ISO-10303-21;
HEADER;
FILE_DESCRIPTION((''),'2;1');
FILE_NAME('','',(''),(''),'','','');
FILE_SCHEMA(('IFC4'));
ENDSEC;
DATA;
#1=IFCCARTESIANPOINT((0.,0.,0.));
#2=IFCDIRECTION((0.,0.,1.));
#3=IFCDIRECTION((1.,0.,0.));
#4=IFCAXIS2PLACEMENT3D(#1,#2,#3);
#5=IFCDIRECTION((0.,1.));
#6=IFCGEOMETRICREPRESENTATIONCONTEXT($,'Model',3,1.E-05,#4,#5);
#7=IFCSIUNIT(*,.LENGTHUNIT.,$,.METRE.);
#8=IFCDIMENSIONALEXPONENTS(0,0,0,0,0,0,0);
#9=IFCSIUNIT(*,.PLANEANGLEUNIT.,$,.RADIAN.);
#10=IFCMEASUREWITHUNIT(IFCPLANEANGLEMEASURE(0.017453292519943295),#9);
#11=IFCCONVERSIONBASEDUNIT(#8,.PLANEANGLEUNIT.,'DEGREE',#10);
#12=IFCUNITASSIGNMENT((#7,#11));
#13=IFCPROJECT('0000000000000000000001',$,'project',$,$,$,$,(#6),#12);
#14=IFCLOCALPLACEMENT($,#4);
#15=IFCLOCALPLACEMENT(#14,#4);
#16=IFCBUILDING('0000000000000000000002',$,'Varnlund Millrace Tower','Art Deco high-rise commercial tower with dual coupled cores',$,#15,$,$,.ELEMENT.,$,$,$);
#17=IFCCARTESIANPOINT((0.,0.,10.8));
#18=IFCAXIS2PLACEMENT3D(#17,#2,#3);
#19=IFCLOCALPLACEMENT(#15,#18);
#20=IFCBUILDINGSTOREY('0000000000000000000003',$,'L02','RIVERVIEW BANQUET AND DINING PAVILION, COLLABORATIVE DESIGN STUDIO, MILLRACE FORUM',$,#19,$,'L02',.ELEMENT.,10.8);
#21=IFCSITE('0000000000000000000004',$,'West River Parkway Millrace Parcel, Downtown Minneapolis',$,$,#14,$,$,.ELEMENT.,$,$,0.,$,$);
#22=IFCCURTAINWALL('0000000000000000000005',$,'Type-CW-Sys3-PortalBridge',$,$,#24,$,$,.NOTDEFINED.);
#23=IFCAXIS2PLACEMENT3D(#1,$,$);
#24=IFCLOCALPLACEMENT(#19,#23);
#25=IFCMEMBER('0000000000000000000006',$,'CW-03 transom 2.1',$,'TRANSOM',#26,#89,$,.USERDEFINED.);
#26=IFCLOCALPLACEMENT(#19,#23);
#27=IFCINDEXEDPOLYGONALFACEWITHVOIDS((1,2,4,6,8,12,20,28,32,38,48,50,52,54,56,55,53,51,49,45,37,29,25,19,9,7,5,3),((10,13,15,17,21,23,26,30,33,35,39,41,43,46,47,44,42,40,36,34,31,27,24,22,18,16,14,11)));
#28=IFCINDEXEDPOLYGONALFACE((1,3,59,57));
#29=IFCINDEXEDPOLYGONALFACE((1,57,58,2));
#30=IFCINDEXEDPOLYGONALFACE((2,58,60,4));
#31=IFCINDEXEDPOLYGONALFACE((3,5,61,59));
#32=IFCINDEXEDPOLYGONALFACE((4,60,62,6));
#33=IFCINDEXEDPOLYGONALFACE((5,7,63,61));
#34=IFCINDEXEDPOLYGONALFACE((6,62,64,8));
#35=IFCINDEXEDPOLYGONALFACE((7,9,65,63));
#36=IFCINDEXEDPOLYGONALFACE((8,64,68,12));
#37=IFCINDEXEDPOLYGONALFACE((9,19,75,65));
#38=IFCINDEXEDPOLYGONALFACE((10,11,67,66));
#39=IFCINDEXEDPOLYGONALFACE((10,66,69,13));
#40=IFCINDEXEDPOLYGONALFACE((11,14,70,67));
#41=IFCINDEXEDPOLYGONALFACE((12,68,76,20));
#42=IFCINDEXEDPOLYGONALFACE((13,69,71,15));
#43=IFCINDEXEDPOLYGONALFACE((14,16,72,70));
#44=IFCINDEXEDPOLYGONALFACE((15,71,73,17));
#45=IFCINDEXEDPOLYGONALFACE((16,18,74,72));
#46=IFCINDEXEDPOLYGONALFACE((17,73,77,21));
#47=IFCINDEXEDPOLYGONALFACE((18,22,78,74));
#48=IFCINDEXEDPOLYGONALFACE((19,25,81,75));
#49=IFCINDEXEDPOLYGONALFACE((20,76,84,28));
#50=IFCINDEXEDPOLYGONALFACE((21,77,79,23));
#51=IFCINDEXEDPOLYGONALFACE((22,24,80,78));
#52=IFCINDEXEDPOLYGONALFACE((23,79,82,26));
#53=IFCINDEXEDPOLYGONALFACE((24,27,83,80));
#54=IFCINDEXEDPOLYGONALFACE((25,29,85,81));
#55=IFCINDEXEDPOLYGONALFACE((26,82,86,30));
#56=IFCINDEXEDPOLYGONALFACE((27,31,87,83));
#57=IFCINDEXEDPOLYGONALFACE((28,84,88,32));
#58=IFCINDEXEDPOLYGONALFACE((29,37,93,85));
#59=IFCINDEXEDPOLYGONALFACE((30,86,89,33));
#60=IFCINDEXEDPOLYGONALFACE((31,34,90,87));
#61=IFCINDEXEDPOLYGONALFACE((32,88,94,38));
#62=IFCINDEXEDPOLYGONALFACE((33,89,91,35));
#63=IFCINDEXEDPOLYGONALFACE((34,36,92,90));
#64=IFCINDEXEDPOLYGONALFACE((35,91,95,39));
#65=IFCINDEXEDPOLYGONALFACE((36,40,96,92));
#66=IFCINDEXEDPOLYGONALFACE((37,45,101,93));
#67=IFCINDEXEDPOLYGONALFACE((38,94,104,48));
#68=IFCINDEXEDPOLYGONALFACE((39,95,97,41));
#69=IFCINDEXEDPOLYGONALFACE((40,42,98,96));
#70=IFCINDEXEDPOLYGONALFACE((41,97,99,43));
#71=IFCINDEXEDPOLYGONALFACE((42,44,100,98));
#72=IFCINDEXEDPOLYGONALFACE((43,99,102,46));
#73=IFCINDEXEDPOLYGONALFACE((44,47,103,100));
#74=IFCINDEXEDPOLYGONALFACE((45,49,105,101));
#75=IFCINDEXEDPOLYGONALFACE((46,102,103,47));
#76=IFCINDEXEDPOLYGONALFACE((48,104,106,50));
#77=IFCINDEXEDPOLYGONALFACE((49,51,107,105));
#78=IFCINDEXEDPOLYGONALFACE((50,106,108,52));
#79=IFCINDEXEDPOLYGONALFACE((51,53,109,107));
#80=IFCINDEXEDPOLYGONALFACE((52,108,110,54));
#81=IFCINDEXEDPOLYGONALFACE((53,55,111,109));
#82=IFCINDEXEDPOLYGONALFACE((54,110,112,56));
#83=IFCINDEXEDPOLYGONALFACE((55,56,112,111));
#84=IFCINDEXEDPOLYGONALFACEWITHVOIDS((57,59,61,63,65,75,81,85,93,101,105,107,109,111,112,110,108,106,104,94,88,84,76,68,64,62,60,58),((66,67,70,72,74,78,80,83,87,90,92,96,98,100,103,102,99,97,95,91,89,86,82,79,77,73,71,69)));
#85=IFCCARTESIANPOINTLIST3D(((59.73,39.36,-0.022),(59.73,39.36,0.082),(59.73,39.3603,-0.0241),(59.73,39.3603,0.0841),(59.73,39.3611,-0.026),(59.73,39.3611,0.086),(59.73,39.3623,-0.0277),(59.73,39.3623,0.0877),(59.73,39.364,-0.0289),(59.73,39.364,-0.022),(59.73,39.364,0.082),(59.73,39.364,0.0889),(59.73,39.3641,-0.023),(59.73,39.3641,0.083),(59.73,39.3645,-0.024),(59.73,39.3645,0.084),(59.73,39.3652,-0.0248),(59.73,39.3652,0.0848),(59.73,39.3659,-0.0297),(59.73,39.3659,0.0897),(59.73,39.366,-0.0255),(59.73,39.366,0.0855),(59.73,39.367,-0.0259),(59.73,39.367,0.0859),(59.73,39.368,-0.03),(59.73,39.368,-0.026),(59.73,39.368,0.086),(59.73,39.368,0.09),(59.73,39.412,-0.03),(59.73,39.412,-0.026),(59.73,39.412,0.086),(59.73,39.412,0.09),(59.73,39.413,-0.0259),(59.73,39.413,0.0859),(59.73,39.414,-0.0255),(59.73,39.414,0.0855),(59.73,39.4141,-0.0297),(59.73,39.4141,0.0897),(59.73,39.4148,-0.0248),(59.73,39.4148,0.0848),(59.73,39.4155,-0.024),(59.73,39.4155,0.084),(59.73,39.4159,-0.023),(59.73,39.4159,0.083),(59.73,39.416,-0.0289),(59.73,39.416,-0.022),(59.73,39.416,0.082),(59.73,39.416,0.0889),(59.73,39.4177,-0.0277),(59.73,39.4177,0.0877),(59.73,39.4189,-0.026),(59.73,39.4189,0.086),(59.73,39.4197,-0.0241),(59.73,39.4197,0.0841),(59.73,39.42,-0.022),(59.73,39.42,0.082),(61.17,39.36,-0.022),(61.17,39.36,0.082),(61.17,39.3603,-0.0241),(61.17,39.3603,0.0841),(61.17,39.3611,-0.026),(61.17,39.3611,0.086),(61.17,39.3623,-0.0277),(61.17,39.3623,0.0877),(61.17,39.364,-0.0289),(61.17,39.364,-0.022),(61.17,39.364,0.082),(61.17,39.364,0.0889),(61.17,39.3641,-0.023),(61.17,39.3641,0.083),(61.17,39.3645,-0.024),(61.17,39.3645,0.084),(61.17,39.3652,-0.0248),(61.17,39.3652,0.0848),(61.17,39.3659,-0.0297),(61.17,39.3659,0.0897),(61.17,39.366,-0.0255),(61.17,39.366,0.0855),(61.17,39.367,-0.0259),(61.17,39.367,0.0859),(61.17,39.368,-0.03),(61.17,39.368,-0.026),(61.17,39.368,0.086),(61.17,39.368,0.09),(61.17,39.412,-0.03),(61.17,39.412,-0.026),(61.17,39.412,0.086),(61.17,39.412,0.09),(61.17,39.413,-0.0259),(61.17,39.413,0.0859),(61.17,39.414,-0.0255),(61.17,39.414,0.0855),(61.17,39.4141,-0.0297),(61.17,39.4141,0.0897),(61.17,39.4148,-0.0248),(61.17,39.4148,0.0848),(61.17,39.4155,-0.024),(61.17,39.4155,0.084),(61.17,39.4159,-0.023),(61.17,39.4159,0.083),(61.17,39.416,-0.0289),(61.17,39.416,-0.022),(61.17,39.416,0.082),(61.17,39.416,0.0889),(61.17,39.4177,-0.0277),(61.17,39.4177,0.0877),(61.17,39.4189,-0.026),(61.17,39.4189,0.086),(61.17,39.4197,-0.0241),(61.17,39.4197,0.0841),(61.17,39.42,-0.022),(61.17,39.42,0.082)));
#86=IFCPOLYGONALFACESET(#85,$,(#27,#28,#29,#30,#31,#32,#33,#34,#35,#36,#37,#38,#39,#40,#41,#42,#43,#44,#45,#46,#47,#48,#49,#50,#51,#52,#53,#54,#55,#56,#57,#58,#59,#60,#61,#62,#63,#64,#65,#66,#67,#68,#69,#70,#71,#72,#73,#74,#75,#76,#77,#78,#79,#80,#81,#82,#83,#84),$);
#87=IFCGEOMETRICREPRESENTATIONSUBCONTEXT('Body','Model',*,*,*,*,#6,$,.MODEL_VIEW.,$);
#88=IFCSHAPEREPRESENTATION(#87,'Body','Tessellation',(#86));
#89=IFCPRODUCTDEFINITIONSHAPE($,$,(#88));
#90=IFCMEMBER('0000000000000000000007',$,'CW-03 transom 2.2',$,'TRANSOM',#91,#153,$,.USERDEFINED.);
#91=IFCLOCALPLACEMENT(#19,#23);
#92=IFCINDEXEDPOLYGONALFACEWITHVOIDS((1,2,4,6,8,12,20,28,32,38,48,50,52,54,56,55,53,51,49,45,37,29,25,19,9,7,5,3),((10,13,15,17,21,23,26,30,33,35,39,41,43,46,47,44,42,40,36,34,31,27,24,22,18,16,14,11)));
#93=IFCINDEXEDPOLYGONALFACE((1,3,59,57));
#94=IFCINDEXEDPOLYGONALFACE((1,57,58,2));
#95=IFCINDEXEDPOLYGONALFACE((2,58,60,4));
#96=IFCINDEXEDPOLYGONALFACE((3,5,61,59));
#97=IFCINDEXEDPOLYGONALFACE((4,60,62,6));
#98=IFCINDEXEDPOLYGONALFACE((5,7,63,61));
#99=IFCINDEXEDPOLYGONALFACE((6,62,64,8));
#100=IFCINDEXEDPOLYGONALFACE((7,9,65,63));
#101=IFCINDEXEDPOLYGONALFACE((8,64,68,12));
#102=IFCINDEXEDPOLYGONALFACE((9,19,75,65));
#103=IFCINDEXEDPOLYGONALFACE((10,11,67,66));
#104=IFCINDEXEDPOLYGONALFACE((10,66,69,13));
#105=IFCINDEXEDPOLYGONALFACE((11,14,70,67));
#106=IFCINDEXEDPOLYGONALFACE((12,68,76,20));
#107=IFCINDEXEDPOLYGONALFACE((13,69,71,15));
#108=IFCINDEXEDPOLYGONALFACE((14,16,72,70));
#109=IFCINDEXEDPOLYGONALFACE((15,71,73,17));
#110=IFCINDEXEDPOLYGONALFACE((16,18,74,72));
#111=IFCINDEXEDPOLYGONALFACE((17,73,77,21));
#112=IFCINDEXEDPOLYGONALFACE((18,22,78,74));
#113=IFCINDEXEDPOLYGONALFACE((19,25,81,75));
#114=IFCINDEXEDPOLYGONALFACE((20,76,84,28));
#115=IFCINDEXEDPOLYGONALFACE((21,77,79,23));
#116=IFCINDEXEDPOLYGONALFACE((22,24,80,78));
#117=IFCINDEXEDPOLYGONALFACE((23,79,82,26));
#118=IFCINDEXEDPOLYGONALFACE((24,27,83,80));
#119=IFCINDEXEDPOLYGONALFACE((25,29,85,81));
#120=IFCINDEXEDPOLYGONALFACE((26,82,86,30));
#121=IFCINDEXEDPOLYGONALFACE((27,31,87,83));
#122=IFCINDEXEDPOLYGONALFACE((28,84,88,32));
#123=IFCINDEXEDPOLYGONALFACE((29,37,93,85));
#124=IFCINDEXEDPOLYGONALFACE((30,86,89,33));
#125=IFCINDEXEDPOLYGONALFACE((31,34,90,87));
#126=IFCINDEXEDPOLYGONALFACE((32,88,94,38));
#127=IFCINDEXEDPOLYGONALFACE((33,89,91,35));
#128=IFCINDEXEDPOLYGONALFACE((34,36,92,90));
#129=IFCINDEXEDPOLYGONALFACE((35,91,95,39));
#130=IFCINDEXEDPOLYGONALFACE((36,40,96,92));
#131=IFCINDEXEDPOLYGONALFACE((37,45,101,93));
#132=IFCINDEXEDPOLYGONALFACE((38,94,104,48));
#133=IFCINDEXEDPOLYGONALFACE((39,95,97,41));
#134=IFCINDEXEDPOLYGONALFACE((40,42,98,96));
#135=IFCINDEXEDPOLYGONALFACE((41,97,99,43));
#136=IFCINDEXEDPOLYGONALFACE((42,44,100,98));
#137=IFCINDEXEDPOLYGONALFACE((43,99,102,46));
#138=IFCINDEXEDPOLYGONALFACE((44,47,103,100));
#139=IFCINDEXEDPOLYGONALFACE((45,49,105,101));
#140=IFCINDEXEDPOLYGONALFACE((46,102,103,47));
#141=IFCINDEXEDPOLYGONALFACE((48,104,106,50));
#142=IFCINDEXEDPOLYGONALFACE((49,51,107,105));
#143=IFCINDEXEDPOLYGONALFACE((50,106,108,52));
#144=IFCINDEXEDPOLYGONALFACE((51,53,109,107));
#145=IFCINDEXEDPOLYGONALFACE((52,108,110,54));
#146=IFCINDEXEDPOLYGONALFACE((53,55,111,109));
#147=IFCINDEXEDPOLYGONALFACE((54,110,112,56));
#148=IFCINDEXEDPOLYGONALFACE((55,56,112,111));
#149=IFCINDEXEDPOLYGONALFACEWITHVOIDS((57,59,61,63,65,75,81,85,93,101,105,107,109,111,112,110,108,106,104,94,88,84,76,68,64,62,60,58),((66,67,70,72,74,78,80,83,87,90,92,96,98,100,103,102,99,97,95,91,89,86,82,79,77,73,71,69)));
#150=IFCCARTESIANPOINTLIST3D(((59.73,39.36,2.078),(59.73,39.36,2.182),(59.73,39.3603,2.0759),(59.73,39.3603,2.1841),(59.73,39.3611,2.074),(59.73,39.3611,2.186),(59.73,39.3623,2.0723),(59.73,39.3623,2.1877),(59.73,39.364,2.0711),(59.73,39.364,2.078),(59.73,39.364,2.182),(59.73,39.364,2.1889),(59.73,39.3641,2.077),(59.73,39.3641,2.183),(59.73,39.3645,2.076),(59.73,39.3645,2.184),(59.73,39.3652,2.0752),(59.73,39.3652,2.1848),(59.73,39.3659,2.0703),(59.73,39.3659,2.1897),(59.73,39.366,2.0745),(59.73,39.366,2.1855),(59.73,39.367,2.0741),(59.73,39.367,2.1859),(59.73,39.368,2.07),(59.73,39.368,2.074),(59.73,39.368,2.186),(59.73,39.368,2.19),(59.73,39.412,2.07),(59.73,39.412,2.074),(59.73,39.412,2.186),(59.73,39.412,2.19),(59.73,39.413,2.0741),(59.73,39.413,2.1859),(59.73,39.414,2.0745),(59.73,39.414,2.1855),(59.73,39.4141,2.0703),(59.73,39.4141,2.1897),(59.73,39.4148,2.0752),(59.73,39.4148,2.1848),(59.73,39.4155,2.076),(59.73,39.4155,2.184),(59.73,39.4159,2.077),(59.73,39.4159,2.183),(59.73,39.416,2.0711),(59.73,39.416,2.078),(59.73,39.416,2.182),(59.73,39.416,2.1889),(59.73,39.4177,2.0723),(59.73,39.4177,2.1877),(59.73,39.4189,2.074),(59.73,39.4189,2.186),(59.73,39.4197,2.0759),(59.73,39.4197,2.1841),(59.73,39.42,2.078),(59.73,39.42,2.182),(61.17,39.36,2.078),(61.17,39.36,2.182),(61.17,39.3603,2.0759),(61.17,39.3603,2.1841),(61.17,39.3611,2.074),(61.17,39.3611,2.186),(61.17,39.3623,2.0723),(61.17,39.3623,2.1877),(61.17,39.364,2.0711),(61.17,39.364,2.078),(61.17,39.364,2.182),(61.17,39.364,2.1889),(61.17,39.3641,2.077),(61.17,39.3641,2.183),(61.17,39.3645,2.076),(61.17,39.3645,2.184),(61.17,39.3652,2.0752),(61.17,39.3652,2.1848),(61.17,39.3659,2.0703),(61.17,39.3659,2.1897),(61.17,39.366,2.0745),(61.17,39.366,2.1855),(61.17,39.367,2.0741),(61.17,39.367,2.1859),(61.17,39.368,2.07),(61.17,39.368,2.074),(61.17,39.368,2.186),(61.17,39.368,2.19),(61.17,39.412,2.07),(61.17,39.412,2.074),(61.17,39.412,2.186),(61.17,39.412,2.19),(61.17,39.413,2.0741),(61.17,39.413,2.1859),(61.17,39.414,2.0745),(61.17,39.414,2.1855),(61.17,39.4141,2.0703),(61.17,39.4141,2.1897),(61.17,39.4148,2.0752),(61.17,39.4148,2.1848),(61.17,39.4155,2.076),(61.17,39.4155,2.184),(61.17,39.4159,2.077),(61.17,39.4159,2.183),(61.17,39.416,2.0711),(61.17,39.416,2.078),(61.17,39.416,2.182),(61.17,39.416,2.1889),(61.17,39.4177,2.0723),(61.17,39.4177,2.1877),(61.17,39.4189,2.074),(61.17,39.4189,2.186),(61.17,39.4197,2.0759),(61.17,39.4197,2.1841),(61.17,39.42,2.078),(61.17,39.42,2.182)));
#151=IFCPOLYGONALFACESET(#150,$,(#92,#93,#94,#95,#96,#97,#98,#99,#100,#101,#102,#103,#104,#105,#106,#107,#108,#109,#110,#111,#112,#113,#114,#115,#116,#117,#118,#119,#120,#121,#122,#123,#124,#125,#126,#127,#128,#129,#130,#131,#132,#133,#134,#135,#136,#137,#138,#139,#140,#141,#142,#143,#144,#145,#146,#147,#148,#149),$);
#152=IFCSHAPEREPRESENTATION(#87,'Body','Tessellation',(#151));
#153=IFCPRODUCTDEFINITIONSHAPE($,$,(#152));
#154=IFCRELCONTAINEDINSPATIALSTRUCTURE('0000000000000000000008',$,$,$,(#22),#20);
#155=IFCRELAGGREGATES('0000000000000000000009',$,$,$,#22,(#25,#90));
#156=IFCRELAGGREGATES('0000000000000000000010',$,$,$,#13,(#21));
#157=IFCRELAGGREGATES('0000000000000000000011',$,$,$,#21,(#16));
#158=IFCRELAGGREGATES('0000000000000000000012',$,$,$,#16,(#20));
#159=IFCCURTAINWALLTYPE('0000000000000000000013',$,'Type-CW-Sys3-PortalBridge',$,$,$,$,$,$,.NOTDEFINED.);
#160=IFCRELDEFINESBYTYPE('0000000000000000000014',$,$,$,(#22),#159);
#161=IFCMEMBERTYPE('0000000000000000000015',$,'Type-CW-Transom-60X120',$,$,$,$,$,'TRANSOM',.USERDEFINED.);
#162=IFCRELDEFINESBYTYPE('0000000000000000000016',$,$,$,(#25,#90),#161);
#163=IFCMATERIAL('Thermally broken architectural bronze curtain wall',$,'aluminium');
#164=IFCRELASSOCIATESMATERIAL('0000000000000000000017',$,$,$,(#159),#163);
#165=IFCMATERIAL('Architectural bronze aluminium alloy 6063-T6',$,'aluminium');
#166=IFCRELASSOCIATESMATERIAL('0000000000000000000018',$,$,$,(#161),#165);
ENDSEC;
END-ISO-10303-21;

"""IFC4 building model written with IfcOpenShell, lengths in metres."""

from ifc_helpers import new_model, entity, si_unit, converted_unit, direction, frame, origin_with_axes, origin_2d_with_axis, place, context, subcontext, project, spatial, hollow_rectangle, extrude, material, material_profile, profile_set, type_object, element, aggregate, save


model = new_model("IFC4")

# Units and contexts
model_context = context("Model", 3, precision=1e-05, world=origin_with_axes(), true_north=direction((0.0, 1.0)))
body_context = subcontext(model_context, "Body", "Model", "MODEL_VIEW")
ifc_project = project(units=[si_unit("LENGTHUNIT", "METRE"), converted_unit("PLANEANGLEUNIT", "DEGREE", entity("IfcPlaneAngleMeasure", 0.017453292519943295), si_unit("PLANEANGLEUNIT", "RADIAN"), dimensions=[0, 0, 0, 0, 0, 0, 0])], contexts=[model_context])

# Site, building, storey
site_placement = place(None, origin_with_axes())
site = spatial("IfcSite", under=ifc_project, at=site_placement, Name="West River Parkway Millrace Parcel, Downtown Minneapolis", CompositionType="ELEMENT", RefElevation=0.0)
building_placement = place(site_placement, origin_with_axes())
building = spatial("IfcBuilding", under=site, at=building_placement, Name="Varnlund Millrace Tower", Description="Art Deco high-rise commercial tower with dual coupled cores", CompositionType="ELEMENT")
storey_placement = place(building_placement, frame((0.0, 0.0, 10.8), z_axis=(0.0, 0.0, 1.0), x_axis=(1.0, 0.0, 0.0)))
storey = spatial("IfcBuildingStorey", under=building, at=storey_placement, Name="L02", Description="RIVERVIEW BANQUET AND DINING PAVILION, COLLABORATIVE DESIGN STUDIO, MILLRACE FORUM", LongName="L02", CompositionType="ELEMENT", Elevation=10.8)

# Curtain wall, members
ifc_material_1 = material(Name="Thermally broken architectural bronze curtain wall", Category="aluminium")
curtain_wall_type = type_object("IfcCurtainWallType", Name="Type-CW-Sys3-PortalBridge", PredefinedType="NOTDEFINED", material=ifc_material_1)
curtain_wall_placement = place(storey_placement, frame((58.2, 39.39, 0.0), z_axis=(0.0, 0.0, 1.0), x_axis=(1.0, 0.0, 0.0)))
curtain_wall = element("IfcCurtainWall", 1, at=curtain_wall_placement, inside=storey, type_object=curtain_wall_type, Name="Type-CW-Sys3-PortalBridge", PredefinedType="NOTDEFINED")
ifc_material_2 = material(Name="Architectural bronze aluminium alloy 6063-T6", Category="aluminium")
ifc_material_profile_1 = material_profile(ifc_material_2, hollow_rectangle(XDim=0.06, YDim=0.12, WallThickness=0.004, InnerFilletRadius=0.004, OuterFilletRadius=0.008, at=origin_2d_with_axis()), Name="Architectural bronze aluminium alloy 6063-T6")
ifc_profile_set_1 = profile_set([ifc_material_profile_1], Name="Architectural bronze aluminium alloy 6063-T6")
member_type_1 = type_object("IfcMemberType", Name="Type-CW-Transom-60X120", ElementType="TRANSOM", PredefinedType="USERDEFINED", material=ifc_profile_set_1)
member_1_placement = place(storey_placement, frame((59.73, 39.39, 0.03), z_axis=(1.0, 0.0, 0.0), x_axis=(0.0, 1.0, 0.0)))
member_1 = element("IfcMember", 2, at=member_1_placement, type_object=member_type_1, Name="CW-03 transom 2.1", ObjectType="TRANSOM", PredefinedType="USERDEFINED", context=body_context, shape_type="SweptSolid", body=[
    extrude(hollow_rectangle(XDim=0.06, YDim=0.12, WallThickness=0.004, InnerFilletRadius=0.004, OuterFilletRadius=0.008, at=origin_2d_with_axis()), origin_with_axes(), (0.0, 0.0, 1.0), 1.44),
])
member_2_placement = place(storey_placement, frame((59.73, 39.39, 2.13), z_axis=(1.0, 0.0, 0.0), x_axis=(0.0, 1.0, 0.0)))
member_2 = element("IfcMember", 3, at=member_2_placement, type_object=member_type_1, Name="CW-03 transom 2.2", ObjectType="TRANSOM", PredefinedType="USERDEFINED", context=body_context, shape_type="SweptSolid", body=[
    extrude(hollow_rectangle(XDim=0.06, YDim=0.12, WallThickness=0.004, InnerFilletRadius=0.004, OuterFilletRadius=0.008, at=origin_2d_with_axis()), origin_with_axes(), (0.0, 0.0, 1.0), 1.44),
])

aggregate(curtain_wall, [member_1, member_2])

save(model, "model.ifc")
